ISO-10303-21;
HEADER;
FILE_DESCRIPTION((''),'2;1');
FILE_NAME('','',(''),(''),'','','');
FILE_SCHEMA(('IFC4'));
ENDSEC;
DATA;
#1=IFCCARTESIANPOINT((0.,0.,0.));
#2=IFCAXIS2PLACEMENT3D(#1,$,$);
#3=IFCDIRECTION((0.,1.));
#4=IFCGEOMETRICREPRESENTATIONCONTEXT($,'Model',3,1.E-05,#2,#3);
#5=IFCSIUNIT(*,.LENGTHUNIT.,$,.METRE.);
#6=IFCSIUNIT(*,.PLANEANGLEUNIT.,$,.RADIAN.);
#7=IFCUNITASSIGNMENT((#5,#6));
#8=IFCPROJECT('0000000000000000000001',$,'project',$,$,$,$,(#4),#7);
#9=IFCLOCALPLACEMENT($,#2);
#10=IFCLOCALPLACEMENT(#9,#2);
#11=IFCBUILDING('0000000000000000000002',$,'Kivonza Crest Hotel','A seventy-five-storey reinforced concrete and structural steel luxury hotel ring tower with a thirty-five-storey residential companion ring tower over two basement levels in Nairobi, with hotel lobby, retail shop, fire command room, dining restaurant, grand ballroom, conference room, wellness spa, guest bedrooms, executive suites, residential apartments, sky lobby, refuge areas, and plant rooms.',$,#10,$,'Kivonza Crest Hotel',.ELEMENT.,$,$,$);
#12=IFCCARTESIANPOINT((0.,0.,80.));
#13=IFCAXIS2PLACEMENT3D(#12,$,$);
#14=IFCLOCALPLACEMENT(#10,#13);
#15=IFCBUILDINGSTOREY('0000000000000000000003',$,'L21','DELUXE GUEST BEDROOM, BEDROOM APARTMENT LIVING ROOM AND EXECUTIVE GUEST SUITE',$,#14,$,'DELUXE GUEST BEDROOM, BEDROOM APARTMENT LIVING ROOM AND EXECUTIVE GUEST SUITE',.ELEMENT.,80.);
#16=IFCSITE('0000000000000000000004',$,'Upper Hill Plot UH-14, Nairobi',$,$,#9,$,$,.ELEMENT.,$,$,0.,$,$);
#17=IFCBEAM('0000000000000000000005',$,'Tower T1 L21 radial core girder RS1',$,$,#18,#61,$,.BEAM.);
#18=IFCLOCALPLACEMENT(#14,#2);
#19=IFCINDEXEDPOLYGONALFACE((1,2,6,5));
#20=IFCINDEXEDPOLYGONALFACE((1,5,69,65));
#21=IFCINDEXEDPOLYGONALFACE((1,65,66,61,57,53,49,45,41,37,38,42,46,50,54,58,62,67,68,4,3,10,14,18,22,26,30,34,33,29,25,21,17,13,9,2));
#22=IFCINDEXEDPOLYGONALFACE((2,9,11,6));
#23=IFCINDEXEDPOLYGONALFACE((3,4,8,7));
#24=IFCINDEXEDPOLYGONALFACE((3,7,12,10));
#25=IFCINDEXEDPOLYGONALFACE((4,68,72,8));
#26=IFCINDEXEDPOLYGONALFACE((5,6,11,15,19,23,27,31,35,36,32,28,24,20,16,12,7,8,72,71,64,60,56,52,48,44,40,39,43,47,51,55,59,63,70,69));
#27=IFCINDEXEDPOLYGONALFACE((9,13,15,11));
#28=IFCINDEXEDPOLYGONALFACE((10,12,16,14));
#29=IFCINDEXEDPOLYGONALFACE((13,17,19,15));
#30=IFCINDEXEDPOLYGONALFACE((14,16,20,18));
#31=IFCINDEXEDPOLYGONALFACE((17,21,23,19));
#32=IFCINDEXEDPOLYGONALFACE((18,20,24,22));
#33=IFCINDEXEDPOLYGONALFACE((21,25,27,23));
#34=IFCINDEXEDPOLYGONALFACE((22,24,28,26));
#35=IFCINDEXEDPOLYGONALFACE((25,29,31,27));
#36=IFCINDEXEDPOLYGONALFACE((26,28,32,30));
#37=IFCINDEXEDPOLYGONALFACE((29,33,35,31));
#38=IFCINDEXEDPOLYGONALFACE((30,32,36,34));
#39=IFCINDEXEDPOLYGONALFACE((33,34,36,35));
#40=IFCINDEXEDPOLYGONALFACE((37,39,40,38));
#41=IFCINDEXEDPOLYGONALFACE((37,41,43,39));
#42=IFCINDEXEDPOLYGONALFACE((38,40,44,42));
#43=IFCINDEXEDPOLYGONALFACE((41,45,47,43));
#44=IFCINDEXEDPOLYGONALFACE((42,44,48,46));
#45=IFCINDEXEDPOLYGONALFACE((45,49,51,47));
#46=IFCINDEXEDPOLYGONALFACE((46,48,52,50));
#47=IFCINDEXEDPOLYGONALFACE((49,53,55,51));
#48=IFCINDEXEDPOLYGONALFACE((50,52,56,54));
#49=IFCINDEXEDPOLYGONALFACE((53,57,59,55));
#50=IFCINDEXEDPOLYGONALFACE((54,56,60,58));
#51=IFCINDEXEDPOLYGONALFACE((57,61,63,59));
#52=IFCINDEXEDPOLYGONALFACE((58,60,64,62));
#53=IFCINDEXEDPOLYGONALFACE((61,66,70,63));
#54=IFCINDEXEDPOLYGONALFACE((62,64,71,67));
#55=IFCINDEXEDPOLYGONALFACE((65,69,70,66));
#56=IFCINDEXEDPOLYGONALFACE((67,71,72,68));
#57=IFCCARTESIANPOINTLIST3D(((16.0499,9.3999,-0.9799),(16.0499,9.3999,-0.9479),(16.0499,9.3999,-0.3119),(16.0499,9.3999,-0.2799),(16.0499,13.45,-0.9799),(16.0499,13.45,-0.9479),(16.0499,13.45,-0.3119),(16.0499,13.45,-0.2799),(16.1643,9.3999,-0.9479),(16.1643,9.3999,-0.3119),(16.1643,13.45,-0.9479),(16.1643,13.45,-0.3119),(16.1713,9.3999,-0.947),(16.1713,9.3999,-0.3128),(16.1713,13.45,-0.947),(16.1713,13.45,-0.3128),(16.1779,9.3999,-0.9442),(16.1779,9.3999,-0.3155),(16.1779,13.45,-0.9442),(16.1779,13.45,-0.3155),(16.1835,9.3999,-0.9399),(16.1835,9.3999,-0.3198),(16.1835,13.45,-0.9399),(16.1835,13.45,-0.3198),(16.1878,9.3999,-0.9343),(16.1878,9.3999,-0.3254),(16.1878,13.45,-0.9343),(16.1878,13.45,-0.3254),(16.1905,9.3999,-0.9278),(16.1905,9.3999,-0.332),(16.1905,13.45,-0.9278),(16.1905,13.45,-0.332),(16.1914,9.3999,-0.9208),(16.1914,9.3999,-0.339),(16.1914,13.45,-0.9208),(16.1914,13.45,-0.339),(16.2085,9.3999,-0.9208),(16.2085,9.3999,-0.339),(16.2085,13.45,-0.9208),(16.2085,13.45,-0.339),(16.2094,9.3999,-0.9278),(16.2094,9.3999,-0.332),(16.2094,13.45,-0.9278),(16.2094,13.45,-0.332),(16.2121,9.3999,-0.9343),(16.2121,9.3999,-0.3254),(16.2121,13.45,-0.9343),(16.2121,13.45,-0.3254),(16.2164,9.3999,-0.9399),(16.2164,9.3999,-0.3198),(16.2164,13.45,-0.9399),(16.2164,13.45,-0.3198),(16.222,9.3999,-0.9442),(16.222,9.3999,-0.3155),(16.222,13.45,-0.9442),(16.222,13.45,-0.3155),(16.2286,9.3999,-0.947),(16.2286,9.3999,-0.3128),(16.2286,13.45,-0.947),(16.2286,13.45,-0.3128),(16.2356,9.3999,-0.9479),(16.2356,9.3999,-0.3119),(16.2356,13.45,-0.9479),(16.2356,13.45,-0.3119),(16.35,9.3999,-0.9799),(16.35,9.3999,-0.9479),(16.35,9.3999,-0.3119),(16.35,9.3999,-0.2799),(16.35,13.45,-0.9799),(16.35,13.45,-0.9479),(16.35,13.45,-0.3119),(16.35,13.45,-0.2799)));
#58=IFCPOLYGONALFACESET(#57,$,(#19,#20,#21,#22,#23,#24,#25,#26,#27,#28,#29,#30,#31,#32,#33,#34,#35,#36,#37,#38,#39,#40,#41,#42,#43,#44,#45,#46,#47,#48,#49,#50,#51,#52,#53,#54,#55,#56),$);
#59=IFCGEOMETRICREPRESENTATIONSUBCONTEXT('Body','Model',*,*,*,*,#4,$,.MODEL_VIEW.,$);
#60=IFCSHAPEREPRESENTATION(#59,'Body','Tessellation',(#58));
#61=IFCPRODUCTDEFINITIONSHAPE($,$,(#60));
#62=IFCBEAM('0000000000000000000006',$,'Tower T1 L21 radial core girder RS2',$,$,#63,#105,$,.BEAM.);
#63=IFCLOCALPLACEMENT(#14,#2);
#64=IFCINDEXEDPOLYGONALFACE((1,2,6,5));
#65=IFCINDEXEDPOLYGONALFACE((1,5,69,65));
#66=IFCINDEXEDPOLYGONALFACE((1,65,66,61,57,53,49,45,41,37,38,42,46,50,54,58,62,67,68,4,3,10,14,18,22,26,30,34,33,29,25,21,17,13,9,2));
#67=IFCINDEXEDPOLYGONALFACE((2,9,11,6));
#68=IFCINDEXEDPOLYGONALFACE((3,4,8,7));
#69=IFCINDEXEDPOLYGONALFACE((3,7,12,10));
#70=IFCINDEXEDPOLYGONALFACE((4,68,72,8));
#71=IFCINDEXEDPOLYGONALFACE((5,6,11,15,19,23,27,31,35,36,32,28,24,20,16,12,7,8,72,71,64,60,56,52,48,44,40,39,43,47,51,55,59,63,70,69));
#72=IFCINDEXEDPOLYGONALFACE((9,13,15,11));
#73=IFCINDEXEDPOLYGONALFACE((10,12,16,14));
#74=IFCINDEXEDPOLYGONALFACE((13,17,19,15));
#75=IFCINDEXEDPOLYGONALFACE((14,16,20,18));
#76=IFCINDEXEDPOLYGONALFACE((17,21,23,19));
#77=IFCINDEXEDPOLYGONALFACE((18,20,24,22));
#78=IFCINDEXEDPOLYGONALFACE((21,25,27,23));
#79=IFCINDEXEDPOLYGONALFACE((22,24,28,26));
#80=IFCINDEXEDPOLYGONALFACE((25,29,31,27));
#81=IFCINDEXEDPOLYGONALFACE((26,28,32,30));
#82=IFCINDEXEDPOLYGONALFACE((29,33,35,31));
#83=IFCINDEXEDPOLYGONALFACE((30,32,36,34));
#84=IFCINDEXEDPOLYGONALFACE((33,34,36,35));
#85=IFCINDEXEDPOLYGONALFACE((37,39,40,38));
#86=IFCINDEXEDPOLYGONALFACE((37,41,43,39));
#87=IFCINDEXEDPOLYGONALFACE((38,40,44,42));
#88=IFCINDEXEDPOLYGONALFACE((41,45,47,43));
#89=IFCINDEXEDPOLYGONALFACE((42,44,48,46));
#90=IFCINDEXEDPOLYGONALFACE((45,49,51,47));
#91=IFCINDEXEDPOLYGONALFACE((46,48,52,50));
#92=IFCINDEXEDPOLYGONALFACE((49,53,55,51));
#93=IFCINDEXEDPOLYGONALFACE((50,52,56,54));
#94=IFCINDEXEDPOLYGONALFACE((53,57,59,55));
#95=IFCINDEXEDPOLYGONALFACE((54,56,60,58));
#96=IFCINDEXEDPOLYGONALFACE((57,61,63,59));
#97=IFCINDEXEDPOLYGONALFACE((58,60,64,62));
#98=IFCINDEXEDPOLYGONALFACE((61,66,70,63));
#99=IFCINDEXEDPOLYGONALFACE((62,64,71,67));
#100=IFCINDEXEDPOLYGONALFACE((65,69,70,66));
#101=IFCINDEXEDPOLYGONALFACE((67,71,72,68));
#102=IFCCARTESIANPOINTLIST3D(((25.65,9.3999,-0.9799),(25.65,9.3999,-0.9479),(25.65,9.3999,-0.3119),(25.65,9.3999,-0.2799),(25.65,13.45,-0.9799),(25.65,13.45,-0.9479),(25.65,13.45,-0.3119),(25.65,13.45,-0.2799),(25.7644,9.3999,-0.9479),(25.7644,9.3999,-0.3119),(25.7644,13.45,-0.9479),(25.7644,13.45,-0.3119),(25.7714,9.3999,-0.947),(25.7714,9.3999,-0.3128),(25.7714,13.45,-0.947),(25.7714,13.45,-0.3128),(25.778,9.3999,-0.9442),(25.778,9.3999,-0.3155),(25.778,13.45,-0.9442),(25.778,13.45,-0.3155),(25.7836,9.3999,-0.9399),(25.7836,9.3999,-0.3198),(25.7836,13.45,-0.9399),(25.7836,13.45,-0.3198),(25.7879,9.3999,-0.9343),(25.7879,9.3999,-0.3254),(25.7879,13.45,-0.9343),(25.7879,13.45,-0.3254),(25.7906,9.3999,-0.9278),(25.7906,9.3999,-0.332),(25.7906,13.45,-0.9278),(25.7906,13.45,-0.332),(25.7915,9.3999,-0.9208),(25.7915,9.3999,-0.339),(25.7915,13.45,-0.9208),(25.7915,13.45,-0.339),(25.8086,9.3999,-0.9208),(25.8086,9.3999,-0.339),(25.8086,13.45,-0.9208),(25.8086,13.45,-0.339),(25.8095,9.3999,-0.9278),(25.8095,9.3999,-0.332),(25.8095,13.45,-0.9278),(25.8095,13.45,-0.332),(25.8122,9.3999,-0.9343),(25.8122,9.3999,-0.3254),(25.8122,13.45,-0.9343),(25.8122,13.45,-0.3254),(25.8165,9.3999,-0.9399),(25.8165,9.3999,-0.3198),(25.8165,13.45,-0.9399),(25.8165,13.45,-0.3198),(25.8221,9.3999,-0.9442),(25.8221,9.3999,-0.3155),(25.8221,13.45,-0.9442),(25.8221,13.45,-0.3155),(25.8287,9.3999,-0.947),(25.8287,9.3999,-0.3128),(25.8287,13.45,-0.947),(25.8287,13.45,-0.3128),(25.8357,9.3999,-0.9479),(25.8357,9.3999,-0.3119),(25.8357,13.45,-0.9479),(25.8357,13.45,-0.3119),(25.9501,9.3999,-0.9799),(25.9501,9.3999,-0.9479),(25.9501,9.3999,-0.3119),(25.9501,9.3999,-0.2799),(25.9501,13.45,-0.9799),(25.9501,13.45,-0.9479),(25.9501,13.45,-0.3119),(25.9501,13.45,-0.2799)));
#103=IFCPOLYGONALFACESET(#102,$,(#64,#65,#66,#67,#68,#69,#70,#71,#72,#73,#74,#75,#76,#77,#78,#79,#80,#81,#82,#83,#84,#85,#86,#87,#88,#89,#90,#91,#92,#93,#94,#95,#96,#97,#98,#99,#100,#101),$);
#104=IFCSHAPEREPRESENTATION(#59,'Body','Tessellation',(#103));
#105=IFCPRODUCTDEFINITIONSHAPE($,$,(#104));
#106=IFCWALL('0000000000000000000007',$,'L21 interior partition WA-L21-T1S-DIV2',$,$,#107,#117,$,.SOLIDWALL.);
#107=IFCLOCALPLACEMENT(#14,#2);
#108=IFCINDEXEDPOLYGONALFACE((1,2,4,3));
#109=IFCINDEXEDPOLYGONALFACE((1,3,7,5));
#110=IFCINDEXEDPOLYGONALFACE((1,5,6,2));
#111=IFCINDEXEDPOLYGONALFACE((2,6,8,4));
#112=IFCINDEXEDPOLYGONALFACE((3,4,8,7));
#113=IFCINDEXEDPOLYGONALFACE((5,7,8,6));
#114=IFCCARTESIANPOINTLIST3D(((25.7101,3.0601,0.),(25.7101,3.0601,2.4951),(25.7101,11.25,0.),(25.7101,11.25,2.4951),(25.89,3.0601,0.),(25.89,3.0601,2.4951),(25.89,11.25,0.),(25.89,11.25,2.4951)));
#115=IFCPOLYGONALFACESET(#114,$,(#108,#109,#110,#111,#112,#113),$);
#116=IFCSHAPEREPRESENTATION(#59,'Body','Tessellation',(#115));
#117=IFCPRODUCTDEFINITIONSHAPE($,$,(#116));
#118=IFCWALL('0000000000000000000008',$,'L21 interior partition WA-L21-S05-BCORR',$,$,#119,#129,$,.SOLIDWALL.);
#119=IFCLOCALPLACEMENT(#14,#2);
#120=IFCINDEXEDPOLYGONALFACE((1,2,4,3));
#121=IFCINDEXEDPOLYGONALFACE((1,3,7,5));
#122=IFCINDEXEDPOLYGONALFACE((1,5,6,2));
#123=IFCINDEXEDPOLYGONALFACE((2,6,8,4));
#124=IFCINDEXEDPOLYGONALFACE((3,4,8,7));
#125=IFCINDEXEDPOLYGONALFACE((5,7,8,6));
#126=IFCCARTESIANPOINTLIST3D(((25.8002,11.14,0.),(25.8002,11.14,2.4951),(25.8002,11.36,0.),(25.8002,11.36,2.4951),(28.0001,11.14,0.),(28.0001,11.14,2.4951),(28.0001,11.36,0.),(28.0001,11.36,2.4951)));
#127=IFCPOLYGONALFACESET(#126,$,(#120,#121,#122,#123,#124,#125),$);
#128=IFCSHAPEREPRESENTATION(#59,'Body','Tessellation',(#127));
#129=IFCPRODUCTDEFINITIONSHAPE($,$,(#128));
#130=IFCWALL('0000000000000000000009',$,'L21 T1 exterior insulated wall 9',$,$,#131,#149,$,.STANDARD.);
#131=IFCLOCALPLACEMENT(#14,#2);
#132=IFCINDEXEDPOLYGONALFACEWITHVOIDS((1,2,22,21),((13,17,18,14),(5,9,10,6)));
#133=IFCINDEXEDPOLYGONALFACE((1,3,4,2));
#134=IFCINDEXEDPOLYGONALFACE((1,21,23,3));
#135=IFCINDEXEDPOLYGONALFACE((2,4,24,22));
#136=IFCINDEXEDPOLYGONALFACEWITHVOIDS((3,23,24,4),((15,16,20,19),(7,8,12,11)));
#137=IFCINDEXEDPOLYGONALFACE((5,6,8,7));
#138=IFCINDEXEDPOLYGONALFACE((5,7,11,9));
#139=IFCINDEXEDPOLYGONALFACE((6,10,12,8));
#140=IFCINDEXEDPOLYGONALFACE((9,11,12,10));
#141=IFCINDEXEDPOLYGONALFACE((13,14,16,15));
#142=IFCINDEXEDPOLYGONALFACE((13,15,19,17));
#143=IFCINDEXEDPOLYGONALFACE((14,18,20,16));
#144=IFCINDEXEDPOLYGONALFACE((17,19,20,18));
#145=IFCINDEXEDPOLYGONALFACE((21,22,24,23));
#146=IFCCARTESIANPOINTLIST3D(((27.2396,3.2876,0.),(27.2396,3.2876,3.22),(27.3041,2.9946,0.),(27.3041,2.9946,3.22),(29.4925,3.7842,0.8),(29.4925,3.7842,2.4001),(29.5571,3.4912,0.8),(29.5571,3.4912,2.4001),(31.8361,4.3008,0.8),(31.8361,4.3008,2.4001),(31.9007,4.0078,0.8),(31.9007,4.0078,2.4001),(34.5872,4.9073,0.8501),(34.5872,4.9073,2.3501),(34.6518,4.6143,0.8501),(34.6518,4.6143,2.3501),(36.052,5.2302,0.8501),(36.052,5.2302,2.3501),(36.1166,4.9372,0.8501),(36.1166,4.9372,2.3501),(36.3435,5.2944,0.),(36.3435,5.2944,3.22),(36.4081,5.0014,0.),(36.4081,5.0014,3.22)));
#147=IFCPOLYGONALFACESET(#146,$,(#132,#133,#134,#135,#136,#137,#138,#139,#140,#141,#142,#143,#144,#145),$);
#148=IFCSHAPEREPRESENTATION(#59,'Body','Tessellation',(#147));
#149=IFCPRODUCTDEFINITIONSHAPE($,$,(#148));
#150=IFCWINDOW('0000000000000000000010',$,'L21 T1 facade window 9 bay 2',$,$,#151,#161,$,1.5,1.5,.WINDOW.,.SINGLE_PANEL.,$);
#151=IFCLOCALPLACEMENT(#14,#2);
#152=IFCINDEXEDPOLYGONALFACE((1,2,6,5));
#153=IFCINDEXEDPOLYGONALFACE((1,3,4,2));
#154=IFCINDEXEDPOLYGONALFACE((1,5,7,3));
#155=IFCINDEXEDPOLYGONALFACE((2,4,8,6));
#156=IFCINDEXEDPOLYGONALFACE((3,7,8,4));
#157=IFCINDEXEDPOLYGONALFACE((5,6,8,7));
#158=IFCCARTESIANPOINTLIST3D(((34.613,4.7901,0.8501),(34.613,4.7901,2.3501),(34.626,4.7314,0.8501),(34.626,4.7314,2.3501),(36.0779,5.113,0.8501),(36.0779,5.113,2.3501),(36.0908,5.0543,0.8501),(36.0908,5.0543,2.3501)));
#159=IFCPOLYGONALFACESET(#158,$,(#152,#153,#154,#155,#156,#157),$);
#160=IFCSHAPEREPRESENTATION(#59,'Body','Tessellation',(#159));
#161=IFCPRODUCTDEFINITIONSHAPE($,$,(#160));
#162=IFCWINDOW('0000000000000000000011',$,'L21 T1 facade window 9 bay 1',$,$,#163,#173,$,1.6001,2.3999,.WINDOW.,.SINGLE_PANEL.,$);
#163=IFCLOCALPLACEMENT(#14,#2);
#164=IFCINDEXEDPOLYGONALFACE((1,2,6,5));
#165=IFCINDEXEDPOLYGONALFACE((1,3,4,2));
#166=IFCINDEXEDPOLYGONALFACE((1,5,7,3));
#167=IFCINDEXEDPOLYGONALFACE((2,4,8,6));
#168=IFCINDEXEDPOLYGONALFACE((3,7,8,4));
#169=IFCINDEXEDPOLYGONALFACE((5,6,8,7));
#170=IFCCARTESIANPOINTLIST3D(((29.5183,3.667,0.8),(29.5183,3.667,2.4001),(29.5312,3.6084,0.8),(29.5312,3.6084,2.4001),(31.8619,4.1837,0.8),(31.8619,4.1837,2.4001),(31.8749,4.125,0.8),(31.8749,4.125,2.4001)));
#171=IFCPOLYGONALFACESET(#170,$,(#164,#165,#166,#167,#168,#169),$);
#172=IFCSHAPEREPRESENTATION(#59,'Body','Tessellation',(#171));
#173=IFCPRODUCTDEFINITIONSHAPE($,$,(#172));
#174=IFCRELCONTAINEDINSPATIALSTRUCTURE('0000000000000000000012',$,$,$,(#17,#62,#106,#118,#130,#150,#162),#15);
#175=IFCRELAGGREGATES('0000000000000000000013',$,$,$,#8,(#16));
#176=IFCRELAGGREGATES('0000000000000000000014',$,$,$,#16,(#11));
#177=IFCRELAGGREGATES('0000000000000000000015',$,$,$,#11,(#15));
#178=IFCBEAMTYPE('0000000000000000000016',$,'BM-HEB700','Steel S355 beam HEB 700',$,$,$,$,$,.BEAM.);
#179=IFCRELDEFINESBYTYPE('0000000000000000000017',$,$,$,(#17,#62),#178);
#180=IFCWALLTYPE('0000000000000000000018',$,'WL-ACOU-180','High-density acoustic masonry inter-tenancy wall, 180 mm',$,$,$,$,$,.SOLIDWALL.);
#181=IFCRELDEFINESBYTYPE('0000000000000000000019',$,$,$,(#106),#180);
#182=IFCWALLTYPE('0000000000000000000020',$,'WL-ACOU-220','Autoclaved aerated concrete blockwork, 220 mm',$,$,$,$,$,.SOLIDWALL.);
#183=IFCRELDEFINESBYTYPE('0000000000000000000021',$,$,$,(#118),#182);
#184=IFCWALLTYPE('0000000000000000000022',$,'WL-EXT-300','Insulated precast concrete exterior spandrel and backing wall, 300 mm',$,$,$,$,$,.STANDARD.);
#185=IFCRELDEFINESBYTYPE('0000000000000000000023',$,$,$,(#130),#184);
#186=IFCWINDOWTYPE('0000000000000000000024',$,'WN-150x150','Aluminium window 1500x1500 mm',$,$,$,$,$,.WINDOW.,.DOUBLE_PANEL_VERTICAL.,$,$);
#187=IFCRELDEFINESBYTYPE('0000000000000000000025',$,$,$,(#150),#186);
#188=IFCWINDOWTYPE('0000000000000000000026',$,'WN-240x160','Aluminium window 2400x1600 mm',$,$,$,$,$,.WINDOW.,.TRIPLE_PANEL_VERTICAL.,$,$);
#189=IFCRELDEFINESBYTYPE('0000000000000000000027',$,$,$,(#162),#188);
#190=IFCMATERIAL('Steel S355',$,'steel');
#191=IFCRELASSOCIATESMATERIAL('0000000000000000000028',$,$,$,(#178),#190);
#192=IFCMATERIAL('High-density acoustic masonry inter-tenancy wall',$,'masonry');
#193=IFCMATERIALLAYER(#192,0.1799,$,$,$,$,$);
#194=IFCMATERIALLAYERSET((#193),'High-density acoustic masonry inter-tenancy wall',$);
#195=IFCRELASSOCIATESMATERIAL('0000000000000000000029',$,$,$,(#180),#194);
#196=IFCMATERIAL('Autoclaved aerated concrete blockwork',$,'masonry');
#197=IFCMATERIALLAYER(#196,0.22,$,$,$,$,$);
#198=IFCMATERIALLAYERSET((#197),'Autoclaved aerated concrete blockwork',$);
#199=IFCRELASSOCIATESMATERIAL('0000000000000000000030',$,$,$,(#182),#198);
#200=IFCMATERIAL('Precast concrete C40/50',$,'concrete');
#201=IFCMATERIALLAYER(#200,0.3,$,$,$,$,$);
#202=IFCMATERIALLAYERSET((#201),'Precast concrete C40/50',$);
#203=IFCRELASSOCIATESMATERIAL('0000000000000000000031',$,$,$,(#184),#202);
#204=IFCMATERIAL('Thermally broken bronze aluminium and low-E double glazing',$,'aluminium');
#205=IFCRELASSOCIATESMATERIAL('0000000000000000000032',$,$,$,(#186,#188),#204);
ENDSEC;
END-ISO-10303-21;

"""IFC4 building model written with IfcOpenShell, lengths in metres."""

from ifc_helpers import new_model, si_unit, direction, frame, frame_2d, origin, origin_2d, place, context, subcontext, project, spatial, rectangle, i_section, extrude, material, layer, layer_set, material_profile, profile_set, type_object, element, fill, save


model = new_model("IFC4")

# Units and contexts
model_context = context("Model", 3, precision=1e-05, world=origin(), true_north=direction((0.0, 1.0)))
body_context = subcontext(model_context, "Body", "Model", "MODEL_VIEW")
ifc_project = project(units=[si_unit("LENGTHUNIT", "METRE"), si_unit("PLANEANGLEUNIT", "RADIAN")], contexts=[model_context])

# Site, building, storey
site_placement = place(None, origin())
site = spatial("IfcSite", under=ifc_project, at=site_placement, Name="Upper Hill Plot UH-14, Nairobi", CompositionType="ELEMENT", RefElevation=0.0)
building_placement = place(site_placement, origin())
building = spatial("IfcBuilding", under=site, at=building_placement, Name="Kivonza Crest Hotel", Description="A seventy-five-storey reinforced concrete and structural steel luxury hotel ring tower with a thirty-five-storey residential companion ring tower over two basement levels in Nairobi, with hotel lobby, retail shop, fire command room, dining restaurant, grand ballroom, conference room, wellness spa, guest bedrooms, executive suites, residential apartments, sky lobby, refuge areas, and plant rooms.", LongName="Kivonza Crest Hotel", CompositionType="ELEMENT")
storey_placement = place(building_placement, frame((0.0, 0.0, 80.0)))
storey = spatial("IfcBuildingStorey", under=building, at=storey_placement, Name="L21", Description="DELUXE GUEST BEDROOM, BEDROOM APARTMENT LIVING ROOM AND EXECUTIVE GUEST SUITE", LongName="DELUXE GUEST BEDROOM, BEDROOM APARTMENT LIVING ROOM AND EXECUTIVE GUEST SUITE", CompositionType="ELEMENT", Elevation=80.0)

# Beams
ifc_material_1 = material(Name="Steel S355", Category="steel")
ifc_material_profile_1 = material_profile(ifc_material_1, i_section(OverallWidth=0.3, OverallDepth=0.7, WebThickness=0.0171, FlangeThickness=0.032, FilletRadius=0.0271, at=origin_2d()), Name="HEB 700")
ifc_profile_set_1 = profile_set([ifc_material_profile_1], Name="Steel S355")
beam_type_1 = type_object("IfcBeamType", Name="BM-HEB700", Description="Steel S355 beam HEB 700", PredefinedType="BEAM", material=ifc_profile_set_1)
for number, where, z_axis, x_axis, name in (
    (1, (16.2, 9.3999, -0.6299), (0.0, 1.0, 0.0), (-1.0, 0.0, 0.0), "Tower T1 L21 radial core girder RS1"),
    (2, (25.8, 9.3999, -0.6299), (0.0, 1.0, 0.0), (-1.0, 0.0, 0.0), "Tower T1 L21 radial core girder RS2"),
):
    element("IfcBeam", number, at=place(storey_placement, frame(where, z_axis=z_axis, x_axis=x_axis)), inside=storey, type_object=beam_type_1, Name=name, PredefinedType="BEAM", context=body_context, shape_type="SweptSolid", body=[
        extrude(i_section(OverallWidth=0.3, OverallDepth=0.7, WebThickness=0.0171, FlangeThickness=0.032, FilletRadius=0.0271, at=origin_2d()), origin(), (0.0, 0.0, 1.0), 4.05),
    ])

# Walls
ifc_material_2 = material(Name="High-density acoustic masonry inter-tenancy wall", Category="masonry")
ifc_layer_1 = layer(ifc_material_2, 0.1799)
ifc_layer_set_1 = layer_set([ifc_layer_1], Name="High-density acoustic masonry inter-tenancy wall")
wall_type_1 = type_object("IfcWallType", Name="WL-ACOU-180", Description="High-density acoustic masonry inter-tenancy wall, 180 mm", PredefinedType="SOLIDWALL", material=ifc_layer_set_1)
wall_1_placement = place(storey_placement, frame((25.8, 3.0601, 0.0), z_axis=(0.0, 0.0, 1.0), x_axis=(0.0, 1.0, 0.0)))
element("IfcWall", 3, at=wall_1_placement, inside=storey, type_object=wall_type_1, Name="L21 interior partition WA-L21-T1S-DIV2", PredefinedType="SOLIDWALL", context=body_context, shape_type="SweptSolid", body=[
    extrude(rectangle(XDim=8.1899, YDim=0.1799, at=frame_2d((4.095, 0.0))), origin(), (0.0, 0.0, 1.0), 2.4951),
])
ifc_material_3 = material(Name="Autoclaved aerated concrete blockwork", Category="masonry")
ifc_layer_2 = layer(ifc_material_3, 0.22)
ifc_layer_set_2 = layer_set([ifc_layer_2], Name="Autoclaved aerated concrete blockwork")
wall_type_2 = type_object("IfcWallType", Name="WL-ACOU-220", Description="Autoclaved aerated concrete blockwork, 220 mm", PredefinedType="SOLIDWALL", material=ifc_layer_set_2)
wall_2_placement = place(storey_placement, frame((25.8, 11.25, 0.0), z_axis=(0.0, 0.0, 1.0), x_axis=(1.0, 0.0, 0.0)))
element("IfcWall", 4, at=wall_2_placement, inside=storey, type_object=wall_type_2, Name="L21 interior partition WA-L21-S05-BCORR", PredefinedType="SOLIDWALL", context=body_context, shape_type="SweptSolid", body=[
    extrude(rectangle(XDim=2.2, YDim=0.22, at=frame_2d((1.1001, 0.0))), origin(), (0.0, 0.0, 1.0), 2.4951),
])

# Wall, openings, windows
ifc_material_4 = material(Name="Precast concrete C40/50", Category="concrete")
ifc_layer_3 = layer(ifc_material_4, 0.3)
ifc_layer_set_3 = layer_set([ifc_layer_3], Name="Precast concrete C40/50")
wall_type_3 = type_object("IfcWallType", Name="WL-EXT-300", Description="Insulated precast concrete exterior spandrel and backing wall, 300 mm", PredefinedType="STANDARD", material=ifc_layer_set_3)
wall_3_placement = place(storey_placement, frame((27.272, 3.1411, 0.0), z_axis=(0.0, 0.0, 1.0), x_axis=(0.976555, 0.215266, 0.0)))
wall_3 = element("IfcWall", 5, at=wall_3_placement, inside=storey, type_object=wall_type_3, Name="L21 T1 exterior insulated wall 9", PredefinedType="STANDARD", context=body_context, shape_type="SweptSolid", body=[
    extrude(rectangle(XDim=9.3225, YDim=0.3, at=frame_2d((4.6611, 0.0))), origin(), (0.0, 0.0, 1.0), 3.22),
])
opening_1_placement = place(wall_3_placement, frame((2.3069, 0.0, 0.8)))
opening_1 = element("IfcOpeningElement", 6, at=opening_1_placement, cuts=wall_3, PredefinedType="OPENING", context=body_context, shape_type="SweptSolid", body=[
    extrude(rectangle(XDim=2.3999, YDim=1.6001, at=frame_2d((1.2, 0.8))), frame((0.0, 0.1602, 0.0), z_axis=(0.0, -1.0, 0.0), x_axis=(1.0, 0.0, 0.0)), (0.0, 0.0, 1.0), 0.3201),
])
opening_2_placement = place(wall_3_placement, frame((7.5239, 0.0, 0.8501)))
opening_2 = element("IfcOpeningElement", 7, at=opening_2_placement, cuts=wall_3, PredefinedType="OPENING", context=body_context, shape_type="SweptSolid", body=[
    extrude(rectangle(XDim=1.5, YDim=1.5, at=frame_2d((0.75, 0.75))), frame((0.0, 0.1602, 0.0), z_axis=(0.0, -1.0, 0.0), x_axis=(1.0, 0.0, 0.0)), (0.0, 0.0, 1.0), 0.3201),
])
ifc_material_5 = material(Name="Thermally broken bronze aluminium and low-E double glazing", Category="aluminium")
window_type_1 = type_object("IfcWindowType", Name="WN-150x150", Description="Aluminium window 1500x1500 mm", PartitioningType="DOUBLE_PANEL_VERTICAL", PredefinedType="WINDOW", material=ifc_material_5)
window_1_placement = place(opening_2_placement, origin())
window_1 = element("IfcWindow", 8, at=window_1_placement, inside=storey, type_object=window_type_1, Name="L21 T1 facade window 9 bay 2", OverallHeight=1.5, OverallWidth=1.5, PartitioningType="SINGLE_PANEL", PredefinedType="WINDOW", context=body_context, shape_type="SweptSolid", body=[
    extrude(rectangle(XDim=1.5, YDim=1.5, at=frame_2d((0.75, 0.75))), frame((0.0, 0.03, 0.0), z_axis=(0.0, -1.0, 0.0), x_axis=(1.0, 0.0, 0.0)), (0.0, 0.0, 1.0), 0.0601),
])
fill(opening_2, window_1)
window_type_2 = type_object("IfcWindowType", Name="WN-240x160", Description="Aluminium window 2400x1600 mm", PartitioningType="TRIPLE_PANEL_VERTICAL", PredefinedType="WINDOW", material=ifc_material_5)
window_2_placement = place(opening_1_placement, origin())
window_2 = element("IfcWindow", 9, at=window_2_placement, inside=storey, type_object=window_type_2, Name="L21 T1 facade window 9 bay 1", OverallHeight=1.6001, OverallWidth=2.3999, PartitioningType="SINGLE_PANEL", PredefinedType="WINDOW", context=body_context, shape_type="SweptSolid", body=[
    extrude(rectangle(XDim=2.3999, YDim=1.6001, at=frame_2d((1.2, 0.8))), frame((0.0, 0.03, 0.0), z_axis=(0.0, -1.0, 0.0), x_axis=(1.0, 0.0, 0.0)), (0.0, 0.0, 1.0), 0.0601),
])
fill(opening_1, window_2)

save(model, "model.ifc")
